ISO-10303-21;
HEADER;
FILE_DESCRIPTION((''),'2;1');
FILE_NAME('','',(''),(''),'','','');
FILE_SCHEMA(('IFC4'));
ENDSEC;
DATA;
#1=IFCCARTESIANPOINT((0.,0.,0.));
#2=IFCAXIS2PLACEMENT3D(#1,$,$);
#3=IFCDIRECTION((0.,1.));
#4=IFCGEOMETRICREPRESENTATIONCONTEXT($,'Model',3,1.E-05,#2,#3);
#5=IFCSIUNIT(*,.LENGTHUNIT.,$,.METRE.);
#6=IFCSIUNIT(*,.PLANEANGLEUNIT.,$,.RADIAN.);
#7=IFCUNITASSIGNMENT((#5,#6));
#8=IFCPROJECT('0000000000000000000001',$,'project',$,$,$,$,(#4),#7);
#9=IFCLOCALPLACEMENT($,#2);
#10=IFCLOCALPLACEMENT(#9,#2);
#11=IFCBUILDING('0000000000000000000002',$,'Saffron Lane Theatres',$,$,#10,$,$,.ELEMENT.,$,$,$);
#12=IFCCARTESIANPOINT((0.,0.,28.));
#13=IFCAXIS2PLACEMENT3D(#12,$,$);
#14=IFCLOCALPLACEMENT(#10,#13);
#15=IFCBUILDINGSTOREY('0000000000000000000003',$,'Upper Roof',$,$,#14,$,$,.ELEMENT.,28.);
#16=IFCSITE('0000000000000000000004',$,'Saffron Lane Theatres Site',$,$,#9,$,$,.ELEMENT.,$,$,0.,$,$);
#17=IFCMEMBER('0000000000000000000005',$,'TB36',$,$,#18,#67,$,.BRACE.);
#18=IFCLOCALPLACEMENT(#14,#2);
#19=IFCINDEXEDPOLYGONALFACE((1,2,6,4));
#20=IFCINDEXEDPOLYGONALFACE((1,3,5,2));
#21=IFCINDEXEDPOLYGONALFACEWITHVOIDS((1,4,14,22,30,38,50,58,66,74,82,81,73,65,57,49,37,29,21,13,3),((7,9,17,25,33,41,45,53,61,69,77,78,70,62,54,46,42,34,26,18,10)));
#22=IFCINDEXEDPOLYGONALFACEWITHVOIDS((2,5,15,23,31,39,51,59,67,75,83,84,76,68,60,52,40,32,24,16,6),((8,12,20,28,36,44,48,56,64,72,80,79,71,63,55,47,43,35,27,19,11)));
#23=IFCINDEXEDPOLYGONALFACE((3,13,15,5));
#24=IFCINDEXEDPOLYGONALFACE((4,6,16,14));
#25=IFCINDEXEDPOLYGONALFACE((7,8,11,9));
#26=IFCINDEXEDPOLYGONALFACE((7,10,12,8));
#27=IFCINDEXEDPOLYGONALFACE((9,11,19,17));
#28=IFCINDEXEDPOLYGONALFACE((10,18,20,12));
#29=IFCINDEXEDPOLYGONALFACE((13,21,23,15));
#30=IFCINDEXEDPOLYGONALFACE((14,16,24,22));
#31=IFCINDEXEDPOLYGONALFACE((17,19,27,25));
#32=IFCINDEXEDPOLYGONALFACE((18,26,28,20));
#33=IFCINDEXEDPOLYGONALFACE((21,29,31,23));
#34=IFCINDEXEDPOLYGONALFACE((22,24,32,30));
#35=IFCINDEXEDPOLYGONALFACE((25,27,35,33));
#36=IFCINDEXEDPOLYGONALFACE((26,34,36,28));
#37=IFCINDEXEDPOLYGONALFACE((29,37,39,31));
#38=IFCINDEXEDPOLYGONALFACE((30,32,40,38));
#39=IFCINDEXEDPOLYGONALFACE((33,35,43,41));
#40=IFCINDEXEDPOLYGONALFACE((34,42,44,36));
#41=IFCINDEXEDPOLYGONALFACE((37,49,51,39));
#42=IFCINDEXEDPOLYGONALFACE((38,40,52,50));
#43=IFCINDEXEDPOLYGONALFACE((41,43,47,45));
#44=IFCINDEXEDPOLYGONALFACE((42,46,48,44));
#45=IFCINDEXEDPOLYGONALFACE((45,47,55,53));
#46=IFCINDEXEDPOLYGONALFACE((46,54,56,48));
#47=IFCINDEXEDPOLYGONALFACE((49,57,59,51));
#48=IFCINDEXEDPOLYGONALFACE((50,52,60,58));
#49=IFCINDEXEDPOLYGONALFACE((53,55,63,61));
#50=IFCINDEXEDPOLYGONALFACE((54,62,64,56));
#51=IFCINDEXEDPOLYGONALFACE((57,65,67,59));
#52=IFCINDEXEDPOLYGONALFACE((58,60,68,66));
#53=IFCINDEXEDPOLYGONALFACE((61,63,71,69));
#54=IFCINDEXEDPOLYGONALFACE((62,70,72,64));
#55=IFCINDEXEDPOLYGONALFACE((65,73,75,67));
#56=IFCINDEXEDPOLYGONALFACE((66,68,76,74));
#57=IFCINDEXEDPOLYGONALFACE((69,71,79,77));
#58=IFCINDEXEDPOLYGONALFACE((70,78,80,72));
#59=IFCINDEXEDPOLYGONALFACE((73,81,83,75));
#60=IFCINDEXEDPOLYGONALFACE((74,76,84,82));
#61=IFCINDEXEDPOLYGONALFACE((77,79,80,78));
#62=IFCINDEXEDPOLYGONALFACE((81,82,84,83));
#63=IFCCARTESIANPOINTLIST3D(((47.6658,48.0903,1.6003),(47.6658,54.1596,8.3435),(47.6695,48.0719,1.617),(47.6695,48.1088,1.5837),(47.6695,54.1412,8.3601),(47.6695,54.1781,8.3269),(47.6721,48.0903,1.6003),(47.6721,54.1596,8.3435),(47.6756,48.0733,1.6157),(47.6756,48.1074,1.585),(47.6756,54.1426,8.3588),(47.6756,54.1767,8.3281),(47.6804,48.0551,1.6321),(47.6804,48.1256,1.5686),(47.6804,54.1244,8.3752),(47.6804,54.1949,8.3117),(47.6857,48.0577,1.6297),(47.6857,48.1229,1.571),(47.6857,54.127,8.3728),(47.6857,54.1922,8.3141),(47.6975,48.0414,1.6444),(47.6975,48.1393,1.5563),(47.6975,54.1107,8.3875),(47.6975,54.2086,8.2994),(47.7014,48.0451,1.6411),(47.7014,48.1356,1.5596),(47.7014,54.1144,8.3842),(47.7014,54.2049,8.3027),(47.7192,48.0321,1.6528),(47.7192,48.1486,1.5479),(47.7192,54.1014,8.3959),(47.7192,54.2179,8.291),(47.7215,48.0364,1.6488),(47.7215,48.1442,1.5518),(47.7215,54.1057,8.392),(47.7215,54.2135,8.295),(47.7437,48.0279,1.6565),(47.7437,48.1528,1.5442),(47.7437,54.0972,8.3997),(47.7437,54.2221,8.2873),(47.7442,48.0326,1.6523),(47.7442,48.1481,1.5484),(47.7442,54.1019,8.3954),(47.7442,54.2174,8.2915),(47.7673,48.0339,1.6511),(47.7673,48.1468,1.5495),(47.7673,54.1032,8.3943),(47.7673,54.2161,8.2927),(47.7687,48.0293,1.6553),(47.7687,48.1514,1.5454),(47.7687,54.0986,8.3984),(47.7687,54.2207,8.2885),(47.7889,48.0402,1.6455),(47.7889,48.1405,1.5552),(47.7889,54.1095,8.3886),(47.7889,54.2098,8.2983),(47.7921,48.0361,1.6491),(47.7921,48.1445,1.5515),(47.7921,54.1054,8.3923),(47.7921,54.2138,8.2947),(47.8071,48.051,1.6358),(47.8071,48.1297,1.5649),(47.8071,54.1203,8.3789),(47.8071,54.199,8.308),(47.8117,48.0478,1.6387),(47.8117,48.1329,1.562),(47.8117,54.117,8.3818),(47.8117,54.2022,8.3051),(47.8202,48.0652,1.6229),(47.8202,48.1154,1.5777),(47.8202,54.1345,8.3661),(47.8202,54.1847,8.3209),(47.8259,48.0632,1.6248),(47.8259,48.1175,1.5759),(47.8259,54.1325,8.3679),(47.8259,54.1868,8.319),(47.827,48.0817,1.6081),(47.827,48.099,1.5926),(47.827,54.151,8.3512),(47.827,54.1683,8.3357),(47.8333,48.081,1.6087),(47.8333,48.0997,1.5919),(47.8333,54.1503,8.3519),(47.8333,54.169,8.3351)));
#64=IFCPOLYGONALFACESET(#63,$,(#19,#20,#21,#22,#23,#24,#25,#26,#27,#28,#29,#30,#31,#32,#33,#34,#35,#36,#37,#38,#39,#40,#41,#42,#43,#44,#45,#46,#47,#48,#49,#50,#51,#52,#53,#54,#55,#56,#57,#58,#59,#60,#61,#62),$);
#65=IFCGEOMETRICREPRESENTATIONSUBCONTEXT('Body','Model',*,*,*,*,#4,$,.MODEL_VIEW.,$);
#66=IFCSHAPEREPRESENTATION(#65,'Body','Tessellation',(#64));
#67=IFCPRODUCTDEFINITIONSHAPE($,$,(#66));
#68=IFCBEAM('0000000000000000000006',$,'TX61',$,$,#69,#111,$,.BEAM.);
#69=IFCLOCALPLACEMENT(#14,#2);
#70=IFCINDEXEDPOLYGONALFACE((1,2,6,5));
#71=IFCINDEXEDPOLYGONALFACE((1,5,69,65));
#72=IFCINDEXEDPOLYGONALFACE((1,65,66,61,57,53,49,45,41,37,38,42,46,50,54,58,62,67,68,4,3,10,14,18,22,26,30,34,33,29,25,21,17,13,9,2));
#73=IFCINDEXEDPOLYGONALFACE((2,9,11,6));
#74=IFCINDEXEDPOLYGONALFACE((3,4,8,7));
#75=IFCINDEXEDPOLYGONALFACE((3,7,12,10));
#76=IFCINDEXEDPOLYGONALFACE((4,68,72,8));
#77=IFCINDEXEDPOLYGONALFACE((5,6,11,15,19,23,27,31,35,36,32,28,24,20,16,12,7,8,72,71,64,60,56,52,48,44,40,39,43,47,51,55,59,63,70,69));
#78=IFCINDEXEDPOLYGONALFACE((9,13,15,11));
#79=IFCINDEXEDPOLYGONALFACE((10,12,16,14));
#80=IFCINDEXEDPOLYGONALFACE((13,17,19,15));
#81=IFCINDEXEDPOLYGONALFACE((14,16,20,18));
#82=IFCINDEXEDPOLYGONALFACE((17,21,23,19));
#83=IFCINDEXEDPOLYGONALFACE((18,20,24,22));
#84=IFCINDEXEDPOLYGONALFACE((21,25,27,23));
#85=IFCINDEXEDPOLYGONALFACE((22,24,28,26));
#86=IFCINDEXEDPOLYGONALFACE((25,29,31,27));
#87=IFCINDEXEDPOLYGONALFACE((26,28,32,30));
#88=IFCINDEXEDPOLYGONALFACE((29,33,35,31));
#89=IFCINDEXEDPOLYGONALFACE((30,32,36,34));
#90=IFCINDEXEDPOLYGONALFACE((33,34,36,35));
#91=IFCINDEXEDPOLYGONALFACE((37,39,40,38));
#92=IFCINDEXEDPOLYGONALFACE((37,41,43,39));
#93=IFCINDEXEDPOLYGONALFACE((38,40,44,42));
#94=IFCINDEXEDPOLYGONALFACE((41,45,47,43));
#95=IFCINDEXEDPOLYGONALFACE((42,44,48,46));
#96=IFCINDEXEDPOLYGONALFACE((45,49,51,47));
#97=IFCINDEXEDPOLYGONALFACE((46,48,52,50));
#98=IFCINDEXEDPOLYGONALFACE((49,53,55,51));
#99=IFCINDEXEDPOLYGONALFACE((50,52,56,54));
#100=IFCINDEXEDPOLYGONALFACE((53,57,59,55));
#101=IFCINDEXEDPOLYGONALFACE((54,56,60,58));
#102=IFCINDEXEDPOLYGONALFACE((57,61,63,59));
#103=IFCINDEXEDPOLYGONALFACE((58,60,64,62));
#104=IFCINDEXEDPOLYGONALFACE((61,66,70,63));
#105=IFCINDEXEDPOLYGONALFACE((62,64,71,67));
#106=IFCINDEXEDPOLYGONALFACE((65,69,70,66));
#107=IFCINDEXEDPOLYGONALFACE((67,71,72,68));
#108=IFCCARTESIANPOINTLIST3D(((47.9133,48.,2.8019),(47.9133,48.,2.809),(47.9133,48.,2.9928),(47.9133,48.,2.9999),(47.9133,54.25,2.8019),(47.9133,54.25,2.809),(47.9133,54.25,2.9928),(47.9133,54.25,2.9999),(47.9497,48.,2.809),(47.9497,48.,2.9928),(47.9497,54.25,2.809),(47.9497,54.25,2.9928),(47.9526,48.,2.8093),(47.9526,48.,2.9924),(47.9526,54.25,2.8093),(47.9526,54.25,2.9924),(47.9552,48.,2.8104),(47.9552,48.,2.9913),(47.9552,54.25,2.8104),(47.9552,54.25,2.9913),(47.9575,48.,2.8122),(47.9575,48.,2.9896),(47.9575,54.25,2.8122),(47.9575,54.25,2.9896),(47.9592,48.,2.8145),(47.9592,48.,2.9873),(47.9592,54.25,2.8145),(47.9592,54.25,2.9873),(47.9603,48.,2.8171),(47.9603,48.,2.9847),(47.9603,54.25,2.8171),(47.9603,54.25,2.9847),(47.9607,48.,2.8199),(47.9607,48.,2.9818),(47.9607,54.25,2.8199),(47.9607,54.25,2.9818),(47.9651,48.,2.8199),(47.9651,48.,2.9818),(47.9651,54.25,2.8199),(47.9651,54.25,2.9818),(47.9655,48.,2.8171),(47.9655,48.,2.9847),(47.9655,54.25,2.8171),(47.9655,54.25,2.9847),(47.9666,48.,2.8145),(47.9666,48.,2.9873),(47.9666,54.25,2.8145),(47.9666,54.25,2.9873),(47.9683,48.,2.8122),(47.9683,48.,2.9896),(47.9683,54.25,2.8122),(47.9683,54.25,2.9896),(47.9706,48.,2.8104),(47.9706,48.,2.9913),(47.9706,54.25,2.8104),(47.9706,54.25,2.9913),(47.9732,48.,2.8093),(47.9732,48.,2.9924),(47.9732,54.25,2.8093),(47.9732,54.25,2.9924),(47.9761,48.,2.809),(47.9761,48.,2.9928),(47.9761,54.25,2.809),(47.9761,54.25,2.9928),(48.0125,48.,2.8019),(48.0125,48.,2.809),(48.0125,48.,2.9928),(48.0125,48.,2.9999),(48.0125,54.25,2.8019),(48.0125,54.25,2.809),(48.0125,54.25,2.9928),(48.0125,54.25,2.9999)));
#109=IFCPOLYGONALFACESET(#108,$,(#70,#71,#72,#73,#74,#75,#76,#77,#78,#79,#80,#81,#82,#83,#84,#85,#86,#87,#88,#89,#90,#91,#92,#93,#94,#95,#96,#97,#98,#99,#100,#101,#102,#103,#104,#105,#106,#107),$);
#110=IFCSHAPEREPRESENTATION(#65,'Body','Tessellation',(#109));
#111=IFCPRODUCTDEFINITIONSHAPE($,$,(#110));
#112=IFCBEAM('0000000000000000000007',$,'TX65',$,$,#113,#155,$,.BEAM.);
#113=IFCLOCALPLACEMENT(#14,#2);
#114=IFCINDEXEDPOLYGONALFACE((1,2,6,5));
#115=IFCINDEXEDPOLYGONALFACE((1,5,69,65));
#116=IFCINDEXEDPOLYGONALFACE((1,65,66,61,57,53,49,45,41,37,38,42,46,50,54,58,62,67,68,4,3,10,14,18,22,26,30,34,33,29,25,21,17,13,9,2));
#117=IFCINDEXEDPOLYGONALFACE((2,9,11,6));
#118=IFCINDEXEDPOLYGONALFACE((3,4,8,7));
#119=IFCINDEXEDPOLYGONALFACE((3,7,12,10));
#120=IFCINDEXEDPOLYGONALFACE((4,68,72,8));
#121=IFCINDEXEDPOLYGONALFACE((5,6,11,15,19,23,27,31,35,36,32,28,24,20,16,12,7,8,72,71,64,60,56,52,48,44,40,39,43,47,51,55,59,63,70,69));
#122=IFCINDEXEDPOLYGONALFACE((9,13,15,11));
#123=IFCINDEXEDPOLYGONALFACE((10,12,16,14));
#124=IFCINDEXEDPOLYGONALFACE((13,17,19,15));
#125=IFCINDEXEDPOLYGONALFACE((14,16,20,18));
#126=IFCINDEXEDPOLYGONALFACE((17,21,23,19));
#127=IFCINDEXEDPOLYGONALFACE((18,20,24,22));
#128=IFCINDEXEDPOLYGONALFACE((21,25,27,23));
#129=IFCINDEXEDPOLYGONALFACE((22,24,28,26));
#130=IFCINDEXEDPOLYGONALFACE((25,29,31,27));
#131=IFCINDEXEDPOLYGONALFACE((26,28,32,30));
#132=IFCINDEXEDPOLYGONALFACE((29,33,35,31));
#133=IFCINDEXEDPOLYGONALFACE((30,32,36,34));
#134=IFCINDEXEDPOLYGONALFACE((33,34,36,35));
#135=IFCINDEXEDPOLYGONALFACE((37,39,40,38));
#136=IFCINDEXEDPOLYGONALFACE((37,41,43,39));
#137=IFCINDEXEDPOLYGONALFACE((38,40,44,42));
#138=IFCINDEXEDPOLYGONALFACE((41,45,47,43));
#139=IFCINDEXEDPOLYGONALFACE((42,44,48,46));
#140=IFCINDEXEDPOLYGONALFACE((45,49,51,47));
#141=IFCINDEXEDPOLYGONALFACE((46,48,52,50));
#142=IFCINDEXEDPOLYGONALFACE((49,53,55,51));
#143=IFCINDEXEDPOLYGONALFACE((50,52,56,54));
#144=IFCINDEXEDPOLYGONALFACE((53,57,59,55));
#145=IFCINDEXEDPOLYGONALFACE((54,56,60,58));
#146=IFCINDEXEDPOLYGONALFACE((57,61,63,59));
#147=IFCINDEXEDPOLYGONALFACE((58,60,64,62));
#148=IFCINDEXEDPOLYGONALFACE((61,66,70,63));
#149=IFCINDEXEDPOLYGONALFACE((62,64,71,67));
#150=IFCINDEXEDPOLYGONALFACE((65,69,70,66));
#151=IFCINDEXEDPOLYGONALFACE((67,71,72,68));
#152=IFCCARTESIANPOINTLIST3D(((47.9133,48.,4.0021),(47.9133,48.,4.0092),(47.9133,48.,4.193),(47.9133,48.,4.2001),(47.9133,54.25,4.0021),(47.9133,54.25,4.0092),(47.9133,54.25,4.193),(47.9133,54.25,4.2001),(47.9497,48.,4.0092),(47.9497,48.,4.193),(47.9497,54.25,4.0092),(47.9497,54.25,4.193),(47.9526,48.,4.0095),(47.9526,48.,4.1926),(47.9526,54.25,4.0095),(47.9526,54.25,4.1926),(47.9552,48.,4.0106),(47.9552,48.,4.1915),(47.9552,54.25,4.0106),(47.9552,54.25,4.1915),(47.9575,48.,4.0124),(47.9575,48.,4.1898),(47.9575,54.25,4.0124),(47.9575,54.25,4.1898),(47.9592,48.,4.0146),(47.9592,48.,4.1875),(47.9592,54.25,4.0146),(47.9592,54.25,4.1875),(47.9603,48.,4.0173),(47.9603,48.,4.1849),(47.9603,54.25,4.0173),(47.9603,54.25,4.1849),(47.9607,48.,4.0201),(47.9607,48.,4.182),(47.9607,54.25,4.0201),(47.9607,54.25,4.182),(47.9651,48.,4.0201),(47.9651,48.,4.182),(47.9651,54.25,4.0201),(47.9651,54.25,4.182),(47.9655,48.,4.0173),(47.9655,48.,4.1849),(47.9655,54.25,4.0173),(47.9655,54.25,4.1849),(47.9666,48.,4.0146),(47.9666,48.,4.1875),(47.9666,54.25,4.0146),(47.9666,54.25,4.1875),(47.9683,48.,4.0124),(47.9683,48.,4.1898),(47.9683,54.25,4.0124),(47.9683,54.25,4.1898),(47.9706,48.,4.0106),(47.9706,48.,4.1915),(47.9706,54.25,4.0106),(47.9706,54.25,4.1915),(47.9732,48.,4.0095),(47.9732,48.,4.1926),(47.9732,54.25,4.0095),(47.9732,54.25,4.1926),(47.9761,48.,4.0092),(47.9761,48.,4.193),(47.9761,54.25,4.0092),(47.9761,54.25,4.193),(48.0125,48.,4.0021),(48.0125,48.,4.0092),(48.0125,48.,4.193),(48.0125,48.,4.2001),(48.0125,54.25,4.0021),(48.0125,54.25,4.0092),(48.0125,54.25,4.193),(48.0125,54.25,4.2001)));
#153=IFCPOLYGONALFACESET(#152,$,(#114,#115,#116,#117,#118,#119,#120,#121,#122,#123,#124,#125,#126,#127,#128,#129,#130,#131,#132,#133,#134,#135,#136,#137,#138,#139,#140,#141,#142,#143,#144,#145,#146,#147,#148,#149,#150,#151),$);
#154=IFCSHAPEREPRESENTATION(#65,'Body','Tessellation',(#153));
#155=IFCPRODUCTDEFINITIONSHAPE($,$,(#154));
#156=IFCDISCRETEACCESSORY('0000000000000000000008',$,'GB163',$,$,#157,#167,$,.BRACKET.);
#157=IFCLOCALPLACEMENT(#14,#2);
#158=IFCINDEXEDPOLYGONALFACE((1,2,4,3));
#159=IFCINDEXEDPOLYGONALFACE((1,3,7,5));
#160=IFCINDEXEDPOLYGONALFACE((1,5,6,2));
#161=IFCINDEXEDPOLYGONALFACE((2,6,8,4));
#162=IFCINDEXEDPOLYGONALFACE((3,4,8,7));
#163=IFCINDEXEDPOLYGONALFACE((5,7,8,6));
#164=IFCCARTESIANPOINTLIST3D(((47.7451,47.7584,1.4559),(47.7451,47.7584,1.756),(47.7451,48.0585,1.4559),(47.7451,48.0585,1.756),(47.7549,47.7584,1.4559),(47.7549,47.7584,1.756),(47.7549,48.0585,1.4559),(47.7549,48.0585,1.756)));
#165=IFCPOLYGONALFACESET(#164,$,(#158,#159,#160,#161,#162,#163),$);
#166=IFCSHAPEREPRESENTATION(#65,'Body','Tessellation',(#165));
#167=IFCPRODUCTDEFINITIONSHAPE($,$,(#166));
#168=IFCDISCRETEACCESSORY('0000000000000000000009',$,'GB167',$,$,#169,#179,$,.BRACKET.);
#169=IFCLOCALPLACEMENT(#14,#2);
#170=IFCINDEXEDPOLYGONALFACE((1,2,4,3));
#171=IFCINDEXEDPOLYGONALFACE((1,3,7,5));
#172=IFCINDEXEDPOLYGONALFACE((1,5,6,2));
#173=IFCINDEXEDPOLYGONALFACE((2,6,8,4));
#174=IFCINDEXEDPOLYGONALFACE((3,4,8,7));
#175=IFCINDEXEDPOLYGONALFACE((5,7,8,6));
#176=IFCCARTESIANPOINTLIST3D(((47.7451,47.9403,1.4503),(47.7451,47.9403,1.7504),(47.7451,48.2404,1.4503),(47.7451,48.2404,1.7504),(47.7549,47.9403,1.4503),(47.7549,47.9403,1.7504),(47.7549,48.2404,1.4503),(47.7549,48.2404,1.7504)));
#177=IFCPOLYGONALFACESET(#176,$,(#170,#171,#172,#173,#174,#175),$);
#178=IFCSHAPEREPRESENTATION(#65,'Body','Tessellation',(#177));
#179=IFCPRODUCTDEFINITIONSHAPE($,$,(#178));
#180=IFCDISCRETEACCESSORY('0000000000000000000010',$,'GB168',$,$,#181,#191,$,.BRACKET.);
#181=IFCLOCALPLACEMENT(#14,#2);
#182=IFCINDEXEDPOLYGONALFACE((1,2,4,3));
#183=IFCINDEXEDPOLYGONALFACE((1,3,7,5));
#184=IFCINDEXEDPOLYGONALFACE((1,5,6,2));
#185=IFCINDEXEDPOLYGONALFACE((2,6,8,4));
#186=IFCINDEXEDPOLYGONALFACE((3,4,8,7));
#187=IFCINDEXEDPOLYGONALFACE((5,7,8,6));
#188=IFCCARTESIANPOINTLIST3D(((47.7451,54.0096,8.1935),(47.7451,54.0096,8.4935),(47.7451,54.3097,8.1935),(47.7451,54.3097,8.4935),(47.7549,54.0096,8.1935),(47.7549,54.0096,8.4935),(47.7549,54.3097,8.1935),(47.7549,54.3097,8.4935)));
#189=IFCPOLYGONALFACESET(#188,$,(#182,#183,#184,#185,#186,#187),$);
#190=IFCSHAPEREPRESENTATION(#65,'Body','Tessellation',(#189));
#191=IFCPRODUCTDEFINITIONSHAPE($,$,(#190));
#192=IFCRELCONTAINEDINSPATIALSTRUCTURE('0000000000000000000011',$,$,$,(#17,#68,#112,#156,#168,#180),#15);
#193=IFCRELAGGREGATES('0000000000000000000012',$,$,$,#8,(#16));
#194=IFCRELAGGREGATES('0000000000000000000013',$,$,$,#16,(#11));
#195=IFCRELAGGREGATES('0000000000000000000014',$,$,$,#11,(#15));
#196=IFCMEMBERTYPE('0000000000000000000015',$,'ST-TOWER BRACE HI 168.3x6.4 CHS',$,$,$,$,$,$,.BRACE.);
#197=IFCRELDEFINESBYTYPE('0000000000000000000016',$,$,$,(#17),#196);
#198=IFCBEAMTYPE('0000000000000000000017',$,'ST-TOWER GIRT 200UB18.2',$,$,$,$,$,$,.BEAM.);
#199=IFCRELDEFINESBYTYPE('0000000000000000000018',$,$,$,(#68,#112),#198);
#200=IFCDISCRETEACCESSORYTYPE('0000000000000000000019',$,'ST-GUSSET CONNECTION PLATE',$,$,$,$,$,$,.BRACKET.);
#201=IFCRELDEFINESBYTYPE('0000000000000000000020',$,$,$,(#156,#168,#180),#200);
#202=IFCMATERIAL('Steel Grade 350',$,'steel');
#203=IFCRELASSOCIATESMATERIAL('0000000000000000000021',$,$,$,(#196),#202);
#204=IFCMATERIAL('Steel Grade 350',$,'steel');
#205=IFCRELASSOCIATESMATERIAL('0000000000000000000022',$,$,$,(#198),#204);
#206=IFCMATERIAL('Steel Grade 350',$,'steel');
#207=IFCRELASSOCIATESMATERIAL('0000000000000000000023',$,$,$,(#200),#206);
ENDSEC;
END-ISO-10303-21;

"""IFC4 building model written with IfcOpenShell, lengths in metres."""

from ifc_helpers import new_model, si_unit, direction, frame, origin, origin_2d, place, context, subcontext, project, spatial, rectangle, hollow_circle, i_section, extrude, material, material_profile, profile_set, type_object, element, save


model = new_model("IFC4")

# Units and contexts
model_context = context("Model", 3, precision=1e-05, world=origin(), true_north=direction((0.0, 1.0)))
body_context = subcontext(model_context, "Body", "Model", "MODEL_VIEW")
ifc_project = project(units=[si_unit("LENGTHUNIT", "METRE"), si_unit("PLANEANGLEUNIT", "RADIAN")], contexts=[model_context])

# Site, building, storey
site_placement = place(None, origin())
site = spatial("IfcSite", under=ifc_project, at=site_placement, Name="Saffron Lane Theatres Site", CompositionType="ELEMENT", RefElevation=0.0)
building_placement = place(site_placement, origin())
building = spatial("IfcBuilding", under=site, at=building_placement, Name="Saffron Lane Theatres", CompositionType="ELEMENT")
storey_placement = place(building_placement, frame((0.0, 0.0, 28.0)))
storey = spatial("IfcBuildingStorey", under=building, at=storey_placement, Name="Upper Roof", CompositionType="ELEMENT", Elevation=28.0)

# Member
ifc_material_1 = material(Name="Steel Grade 350", Category="steel")
ifc_material_profile_1 = material_profile(ifc_material_1, hollow_circle(Radius=0.0842, WallThickness=0.0063, at=origin_2d()))
ifc_profile_set_1 = profile_set([ifc_material_profile_1], Name="Steel Grade 350")
member_type_1 = type_object("IfcMemberType", Name="ST-TOWER BRACE HI 168.3x6.4 CHS", PredefinedType="BRACE", material=ifc_profile_set_1)
member_1_placement = place(storey_placement, frame((47.75, 48.0903, 1.6003), z_axis=(0.0, 0.668994, 0.743267), x_axis=(-1.0, 0.0, 0.0)))
element("IfcMember", 1, at=member_1_placement, inside=storey, type_object=member_type_1, Name="TB36", PredefinedType="BRACE", context=body_context, shape_type="SweptSolid", body=[
    extrude(hollow_circle(Radius=0.0842, WallThickness=0.0063, at=origin_2d()), origin(), (0.0, 0.0, 1.0), 9.0723),
])

# Beams
ifc_material_2 = material(Name="Steel Grade 350", Category="steel")
ifc_material_profile_2 = material_profile(ifc_material_2, i_section(OverallWidth=0.0991, OverallDepth=0.198, WebThickness=0.0044, FlangeThickness=0.0071, FilletRadius=0.011, at=origin_2d()))
ifc_profile_set_2 = profile_set([ifc_material_profile_2], Name="Steel Grade 350")
beam_type_1 = type_object("IfcBeamType", Name="ST-TOWER GIRT 200UB18.2", PredefinedType="BEAM", material=ifc_profile_set_2)
for number, where, z_axis, x_axis, name in (
    (2, (47.9629, 48.0, 2.9009), (0.0, 1.0, 0.0), (-1.0, 0.0, 0.0), "TX61"),
    (3, (47.9629, 48.0, 4.1011), (0.0, 1.0, 0.0), (-1.0, 0.0, 0.0), "TX65"),
):
    element("IfcBeam", number, at=place(storey_placement, frame(where, z_axis=z_axis, x_axis=x_axis)), inside=storey, type_object=beam_type_1, Name=name, PredefinedType="BEAM", context=body_context, shape_type="SweptSolid", body=[
        extrude(i_section(OverallWidth=0.0991, OverallDepth=0.198, WebThickness=0.0044, FlangeThickness=0.0071, FilletRadius=0.011, at=origin_2d()), origin(), (0.0, 0.0, 1.0), 6.25),
    ])

# Discrete accessories
ifc_material_3 = material(Name="Steel Grade 350", Category="steel")
ifc_material_profile_3 = material_profile(ifc_material_3, rectangle(XDim=0.3, YDim=0.3, at=origin_2d()))
ifc_profile_set_3 = profile_set([ifc_material_profile_3], Name="Steel Grade 350")
discrete_accessory_type_1 = type_object("IfcDiscreteAccessoryType", Name="ST-GUSSET CONNECTION PLATE", PredefinedType="BRACKET", material=ifc_profile_set_3)
for number, where, z_axis, x_axis, name in (
    (4, (47.7451, 47.9084, 1.606), (1.0, 0.0, 0.0), (0.0, 1.0, 0.0), "GB163"),
    (5, (47.7451, 48.0903, 1.6003), (1.0, 0.0, 0.0), (0.0, 1.0, 0.0), "GB167"),
    (6, (47.7451, 54.1597, 8.3435), (1.0, 0.0, 0.0), (0.0, 1.0, 0.0), "GB168"),
):
    element("IfcDiscreteAccessory", number, at=place(storey_placement, frame(where, z_axis=z_axis, x_axis=x_axis)), inside=storey, type_object=discrete_accessory_type_1, Name=name, PredefinedType="BRACKET", context=body_context, shape_type="SweptSolid", body=[
        extrude(rectangle(XDim=0.3, YDim=0.3, at=origin_2d()), origin(), (0.0, 0.0, 1.0), 0.0098),
    ])

save(model, "model.ifc")
